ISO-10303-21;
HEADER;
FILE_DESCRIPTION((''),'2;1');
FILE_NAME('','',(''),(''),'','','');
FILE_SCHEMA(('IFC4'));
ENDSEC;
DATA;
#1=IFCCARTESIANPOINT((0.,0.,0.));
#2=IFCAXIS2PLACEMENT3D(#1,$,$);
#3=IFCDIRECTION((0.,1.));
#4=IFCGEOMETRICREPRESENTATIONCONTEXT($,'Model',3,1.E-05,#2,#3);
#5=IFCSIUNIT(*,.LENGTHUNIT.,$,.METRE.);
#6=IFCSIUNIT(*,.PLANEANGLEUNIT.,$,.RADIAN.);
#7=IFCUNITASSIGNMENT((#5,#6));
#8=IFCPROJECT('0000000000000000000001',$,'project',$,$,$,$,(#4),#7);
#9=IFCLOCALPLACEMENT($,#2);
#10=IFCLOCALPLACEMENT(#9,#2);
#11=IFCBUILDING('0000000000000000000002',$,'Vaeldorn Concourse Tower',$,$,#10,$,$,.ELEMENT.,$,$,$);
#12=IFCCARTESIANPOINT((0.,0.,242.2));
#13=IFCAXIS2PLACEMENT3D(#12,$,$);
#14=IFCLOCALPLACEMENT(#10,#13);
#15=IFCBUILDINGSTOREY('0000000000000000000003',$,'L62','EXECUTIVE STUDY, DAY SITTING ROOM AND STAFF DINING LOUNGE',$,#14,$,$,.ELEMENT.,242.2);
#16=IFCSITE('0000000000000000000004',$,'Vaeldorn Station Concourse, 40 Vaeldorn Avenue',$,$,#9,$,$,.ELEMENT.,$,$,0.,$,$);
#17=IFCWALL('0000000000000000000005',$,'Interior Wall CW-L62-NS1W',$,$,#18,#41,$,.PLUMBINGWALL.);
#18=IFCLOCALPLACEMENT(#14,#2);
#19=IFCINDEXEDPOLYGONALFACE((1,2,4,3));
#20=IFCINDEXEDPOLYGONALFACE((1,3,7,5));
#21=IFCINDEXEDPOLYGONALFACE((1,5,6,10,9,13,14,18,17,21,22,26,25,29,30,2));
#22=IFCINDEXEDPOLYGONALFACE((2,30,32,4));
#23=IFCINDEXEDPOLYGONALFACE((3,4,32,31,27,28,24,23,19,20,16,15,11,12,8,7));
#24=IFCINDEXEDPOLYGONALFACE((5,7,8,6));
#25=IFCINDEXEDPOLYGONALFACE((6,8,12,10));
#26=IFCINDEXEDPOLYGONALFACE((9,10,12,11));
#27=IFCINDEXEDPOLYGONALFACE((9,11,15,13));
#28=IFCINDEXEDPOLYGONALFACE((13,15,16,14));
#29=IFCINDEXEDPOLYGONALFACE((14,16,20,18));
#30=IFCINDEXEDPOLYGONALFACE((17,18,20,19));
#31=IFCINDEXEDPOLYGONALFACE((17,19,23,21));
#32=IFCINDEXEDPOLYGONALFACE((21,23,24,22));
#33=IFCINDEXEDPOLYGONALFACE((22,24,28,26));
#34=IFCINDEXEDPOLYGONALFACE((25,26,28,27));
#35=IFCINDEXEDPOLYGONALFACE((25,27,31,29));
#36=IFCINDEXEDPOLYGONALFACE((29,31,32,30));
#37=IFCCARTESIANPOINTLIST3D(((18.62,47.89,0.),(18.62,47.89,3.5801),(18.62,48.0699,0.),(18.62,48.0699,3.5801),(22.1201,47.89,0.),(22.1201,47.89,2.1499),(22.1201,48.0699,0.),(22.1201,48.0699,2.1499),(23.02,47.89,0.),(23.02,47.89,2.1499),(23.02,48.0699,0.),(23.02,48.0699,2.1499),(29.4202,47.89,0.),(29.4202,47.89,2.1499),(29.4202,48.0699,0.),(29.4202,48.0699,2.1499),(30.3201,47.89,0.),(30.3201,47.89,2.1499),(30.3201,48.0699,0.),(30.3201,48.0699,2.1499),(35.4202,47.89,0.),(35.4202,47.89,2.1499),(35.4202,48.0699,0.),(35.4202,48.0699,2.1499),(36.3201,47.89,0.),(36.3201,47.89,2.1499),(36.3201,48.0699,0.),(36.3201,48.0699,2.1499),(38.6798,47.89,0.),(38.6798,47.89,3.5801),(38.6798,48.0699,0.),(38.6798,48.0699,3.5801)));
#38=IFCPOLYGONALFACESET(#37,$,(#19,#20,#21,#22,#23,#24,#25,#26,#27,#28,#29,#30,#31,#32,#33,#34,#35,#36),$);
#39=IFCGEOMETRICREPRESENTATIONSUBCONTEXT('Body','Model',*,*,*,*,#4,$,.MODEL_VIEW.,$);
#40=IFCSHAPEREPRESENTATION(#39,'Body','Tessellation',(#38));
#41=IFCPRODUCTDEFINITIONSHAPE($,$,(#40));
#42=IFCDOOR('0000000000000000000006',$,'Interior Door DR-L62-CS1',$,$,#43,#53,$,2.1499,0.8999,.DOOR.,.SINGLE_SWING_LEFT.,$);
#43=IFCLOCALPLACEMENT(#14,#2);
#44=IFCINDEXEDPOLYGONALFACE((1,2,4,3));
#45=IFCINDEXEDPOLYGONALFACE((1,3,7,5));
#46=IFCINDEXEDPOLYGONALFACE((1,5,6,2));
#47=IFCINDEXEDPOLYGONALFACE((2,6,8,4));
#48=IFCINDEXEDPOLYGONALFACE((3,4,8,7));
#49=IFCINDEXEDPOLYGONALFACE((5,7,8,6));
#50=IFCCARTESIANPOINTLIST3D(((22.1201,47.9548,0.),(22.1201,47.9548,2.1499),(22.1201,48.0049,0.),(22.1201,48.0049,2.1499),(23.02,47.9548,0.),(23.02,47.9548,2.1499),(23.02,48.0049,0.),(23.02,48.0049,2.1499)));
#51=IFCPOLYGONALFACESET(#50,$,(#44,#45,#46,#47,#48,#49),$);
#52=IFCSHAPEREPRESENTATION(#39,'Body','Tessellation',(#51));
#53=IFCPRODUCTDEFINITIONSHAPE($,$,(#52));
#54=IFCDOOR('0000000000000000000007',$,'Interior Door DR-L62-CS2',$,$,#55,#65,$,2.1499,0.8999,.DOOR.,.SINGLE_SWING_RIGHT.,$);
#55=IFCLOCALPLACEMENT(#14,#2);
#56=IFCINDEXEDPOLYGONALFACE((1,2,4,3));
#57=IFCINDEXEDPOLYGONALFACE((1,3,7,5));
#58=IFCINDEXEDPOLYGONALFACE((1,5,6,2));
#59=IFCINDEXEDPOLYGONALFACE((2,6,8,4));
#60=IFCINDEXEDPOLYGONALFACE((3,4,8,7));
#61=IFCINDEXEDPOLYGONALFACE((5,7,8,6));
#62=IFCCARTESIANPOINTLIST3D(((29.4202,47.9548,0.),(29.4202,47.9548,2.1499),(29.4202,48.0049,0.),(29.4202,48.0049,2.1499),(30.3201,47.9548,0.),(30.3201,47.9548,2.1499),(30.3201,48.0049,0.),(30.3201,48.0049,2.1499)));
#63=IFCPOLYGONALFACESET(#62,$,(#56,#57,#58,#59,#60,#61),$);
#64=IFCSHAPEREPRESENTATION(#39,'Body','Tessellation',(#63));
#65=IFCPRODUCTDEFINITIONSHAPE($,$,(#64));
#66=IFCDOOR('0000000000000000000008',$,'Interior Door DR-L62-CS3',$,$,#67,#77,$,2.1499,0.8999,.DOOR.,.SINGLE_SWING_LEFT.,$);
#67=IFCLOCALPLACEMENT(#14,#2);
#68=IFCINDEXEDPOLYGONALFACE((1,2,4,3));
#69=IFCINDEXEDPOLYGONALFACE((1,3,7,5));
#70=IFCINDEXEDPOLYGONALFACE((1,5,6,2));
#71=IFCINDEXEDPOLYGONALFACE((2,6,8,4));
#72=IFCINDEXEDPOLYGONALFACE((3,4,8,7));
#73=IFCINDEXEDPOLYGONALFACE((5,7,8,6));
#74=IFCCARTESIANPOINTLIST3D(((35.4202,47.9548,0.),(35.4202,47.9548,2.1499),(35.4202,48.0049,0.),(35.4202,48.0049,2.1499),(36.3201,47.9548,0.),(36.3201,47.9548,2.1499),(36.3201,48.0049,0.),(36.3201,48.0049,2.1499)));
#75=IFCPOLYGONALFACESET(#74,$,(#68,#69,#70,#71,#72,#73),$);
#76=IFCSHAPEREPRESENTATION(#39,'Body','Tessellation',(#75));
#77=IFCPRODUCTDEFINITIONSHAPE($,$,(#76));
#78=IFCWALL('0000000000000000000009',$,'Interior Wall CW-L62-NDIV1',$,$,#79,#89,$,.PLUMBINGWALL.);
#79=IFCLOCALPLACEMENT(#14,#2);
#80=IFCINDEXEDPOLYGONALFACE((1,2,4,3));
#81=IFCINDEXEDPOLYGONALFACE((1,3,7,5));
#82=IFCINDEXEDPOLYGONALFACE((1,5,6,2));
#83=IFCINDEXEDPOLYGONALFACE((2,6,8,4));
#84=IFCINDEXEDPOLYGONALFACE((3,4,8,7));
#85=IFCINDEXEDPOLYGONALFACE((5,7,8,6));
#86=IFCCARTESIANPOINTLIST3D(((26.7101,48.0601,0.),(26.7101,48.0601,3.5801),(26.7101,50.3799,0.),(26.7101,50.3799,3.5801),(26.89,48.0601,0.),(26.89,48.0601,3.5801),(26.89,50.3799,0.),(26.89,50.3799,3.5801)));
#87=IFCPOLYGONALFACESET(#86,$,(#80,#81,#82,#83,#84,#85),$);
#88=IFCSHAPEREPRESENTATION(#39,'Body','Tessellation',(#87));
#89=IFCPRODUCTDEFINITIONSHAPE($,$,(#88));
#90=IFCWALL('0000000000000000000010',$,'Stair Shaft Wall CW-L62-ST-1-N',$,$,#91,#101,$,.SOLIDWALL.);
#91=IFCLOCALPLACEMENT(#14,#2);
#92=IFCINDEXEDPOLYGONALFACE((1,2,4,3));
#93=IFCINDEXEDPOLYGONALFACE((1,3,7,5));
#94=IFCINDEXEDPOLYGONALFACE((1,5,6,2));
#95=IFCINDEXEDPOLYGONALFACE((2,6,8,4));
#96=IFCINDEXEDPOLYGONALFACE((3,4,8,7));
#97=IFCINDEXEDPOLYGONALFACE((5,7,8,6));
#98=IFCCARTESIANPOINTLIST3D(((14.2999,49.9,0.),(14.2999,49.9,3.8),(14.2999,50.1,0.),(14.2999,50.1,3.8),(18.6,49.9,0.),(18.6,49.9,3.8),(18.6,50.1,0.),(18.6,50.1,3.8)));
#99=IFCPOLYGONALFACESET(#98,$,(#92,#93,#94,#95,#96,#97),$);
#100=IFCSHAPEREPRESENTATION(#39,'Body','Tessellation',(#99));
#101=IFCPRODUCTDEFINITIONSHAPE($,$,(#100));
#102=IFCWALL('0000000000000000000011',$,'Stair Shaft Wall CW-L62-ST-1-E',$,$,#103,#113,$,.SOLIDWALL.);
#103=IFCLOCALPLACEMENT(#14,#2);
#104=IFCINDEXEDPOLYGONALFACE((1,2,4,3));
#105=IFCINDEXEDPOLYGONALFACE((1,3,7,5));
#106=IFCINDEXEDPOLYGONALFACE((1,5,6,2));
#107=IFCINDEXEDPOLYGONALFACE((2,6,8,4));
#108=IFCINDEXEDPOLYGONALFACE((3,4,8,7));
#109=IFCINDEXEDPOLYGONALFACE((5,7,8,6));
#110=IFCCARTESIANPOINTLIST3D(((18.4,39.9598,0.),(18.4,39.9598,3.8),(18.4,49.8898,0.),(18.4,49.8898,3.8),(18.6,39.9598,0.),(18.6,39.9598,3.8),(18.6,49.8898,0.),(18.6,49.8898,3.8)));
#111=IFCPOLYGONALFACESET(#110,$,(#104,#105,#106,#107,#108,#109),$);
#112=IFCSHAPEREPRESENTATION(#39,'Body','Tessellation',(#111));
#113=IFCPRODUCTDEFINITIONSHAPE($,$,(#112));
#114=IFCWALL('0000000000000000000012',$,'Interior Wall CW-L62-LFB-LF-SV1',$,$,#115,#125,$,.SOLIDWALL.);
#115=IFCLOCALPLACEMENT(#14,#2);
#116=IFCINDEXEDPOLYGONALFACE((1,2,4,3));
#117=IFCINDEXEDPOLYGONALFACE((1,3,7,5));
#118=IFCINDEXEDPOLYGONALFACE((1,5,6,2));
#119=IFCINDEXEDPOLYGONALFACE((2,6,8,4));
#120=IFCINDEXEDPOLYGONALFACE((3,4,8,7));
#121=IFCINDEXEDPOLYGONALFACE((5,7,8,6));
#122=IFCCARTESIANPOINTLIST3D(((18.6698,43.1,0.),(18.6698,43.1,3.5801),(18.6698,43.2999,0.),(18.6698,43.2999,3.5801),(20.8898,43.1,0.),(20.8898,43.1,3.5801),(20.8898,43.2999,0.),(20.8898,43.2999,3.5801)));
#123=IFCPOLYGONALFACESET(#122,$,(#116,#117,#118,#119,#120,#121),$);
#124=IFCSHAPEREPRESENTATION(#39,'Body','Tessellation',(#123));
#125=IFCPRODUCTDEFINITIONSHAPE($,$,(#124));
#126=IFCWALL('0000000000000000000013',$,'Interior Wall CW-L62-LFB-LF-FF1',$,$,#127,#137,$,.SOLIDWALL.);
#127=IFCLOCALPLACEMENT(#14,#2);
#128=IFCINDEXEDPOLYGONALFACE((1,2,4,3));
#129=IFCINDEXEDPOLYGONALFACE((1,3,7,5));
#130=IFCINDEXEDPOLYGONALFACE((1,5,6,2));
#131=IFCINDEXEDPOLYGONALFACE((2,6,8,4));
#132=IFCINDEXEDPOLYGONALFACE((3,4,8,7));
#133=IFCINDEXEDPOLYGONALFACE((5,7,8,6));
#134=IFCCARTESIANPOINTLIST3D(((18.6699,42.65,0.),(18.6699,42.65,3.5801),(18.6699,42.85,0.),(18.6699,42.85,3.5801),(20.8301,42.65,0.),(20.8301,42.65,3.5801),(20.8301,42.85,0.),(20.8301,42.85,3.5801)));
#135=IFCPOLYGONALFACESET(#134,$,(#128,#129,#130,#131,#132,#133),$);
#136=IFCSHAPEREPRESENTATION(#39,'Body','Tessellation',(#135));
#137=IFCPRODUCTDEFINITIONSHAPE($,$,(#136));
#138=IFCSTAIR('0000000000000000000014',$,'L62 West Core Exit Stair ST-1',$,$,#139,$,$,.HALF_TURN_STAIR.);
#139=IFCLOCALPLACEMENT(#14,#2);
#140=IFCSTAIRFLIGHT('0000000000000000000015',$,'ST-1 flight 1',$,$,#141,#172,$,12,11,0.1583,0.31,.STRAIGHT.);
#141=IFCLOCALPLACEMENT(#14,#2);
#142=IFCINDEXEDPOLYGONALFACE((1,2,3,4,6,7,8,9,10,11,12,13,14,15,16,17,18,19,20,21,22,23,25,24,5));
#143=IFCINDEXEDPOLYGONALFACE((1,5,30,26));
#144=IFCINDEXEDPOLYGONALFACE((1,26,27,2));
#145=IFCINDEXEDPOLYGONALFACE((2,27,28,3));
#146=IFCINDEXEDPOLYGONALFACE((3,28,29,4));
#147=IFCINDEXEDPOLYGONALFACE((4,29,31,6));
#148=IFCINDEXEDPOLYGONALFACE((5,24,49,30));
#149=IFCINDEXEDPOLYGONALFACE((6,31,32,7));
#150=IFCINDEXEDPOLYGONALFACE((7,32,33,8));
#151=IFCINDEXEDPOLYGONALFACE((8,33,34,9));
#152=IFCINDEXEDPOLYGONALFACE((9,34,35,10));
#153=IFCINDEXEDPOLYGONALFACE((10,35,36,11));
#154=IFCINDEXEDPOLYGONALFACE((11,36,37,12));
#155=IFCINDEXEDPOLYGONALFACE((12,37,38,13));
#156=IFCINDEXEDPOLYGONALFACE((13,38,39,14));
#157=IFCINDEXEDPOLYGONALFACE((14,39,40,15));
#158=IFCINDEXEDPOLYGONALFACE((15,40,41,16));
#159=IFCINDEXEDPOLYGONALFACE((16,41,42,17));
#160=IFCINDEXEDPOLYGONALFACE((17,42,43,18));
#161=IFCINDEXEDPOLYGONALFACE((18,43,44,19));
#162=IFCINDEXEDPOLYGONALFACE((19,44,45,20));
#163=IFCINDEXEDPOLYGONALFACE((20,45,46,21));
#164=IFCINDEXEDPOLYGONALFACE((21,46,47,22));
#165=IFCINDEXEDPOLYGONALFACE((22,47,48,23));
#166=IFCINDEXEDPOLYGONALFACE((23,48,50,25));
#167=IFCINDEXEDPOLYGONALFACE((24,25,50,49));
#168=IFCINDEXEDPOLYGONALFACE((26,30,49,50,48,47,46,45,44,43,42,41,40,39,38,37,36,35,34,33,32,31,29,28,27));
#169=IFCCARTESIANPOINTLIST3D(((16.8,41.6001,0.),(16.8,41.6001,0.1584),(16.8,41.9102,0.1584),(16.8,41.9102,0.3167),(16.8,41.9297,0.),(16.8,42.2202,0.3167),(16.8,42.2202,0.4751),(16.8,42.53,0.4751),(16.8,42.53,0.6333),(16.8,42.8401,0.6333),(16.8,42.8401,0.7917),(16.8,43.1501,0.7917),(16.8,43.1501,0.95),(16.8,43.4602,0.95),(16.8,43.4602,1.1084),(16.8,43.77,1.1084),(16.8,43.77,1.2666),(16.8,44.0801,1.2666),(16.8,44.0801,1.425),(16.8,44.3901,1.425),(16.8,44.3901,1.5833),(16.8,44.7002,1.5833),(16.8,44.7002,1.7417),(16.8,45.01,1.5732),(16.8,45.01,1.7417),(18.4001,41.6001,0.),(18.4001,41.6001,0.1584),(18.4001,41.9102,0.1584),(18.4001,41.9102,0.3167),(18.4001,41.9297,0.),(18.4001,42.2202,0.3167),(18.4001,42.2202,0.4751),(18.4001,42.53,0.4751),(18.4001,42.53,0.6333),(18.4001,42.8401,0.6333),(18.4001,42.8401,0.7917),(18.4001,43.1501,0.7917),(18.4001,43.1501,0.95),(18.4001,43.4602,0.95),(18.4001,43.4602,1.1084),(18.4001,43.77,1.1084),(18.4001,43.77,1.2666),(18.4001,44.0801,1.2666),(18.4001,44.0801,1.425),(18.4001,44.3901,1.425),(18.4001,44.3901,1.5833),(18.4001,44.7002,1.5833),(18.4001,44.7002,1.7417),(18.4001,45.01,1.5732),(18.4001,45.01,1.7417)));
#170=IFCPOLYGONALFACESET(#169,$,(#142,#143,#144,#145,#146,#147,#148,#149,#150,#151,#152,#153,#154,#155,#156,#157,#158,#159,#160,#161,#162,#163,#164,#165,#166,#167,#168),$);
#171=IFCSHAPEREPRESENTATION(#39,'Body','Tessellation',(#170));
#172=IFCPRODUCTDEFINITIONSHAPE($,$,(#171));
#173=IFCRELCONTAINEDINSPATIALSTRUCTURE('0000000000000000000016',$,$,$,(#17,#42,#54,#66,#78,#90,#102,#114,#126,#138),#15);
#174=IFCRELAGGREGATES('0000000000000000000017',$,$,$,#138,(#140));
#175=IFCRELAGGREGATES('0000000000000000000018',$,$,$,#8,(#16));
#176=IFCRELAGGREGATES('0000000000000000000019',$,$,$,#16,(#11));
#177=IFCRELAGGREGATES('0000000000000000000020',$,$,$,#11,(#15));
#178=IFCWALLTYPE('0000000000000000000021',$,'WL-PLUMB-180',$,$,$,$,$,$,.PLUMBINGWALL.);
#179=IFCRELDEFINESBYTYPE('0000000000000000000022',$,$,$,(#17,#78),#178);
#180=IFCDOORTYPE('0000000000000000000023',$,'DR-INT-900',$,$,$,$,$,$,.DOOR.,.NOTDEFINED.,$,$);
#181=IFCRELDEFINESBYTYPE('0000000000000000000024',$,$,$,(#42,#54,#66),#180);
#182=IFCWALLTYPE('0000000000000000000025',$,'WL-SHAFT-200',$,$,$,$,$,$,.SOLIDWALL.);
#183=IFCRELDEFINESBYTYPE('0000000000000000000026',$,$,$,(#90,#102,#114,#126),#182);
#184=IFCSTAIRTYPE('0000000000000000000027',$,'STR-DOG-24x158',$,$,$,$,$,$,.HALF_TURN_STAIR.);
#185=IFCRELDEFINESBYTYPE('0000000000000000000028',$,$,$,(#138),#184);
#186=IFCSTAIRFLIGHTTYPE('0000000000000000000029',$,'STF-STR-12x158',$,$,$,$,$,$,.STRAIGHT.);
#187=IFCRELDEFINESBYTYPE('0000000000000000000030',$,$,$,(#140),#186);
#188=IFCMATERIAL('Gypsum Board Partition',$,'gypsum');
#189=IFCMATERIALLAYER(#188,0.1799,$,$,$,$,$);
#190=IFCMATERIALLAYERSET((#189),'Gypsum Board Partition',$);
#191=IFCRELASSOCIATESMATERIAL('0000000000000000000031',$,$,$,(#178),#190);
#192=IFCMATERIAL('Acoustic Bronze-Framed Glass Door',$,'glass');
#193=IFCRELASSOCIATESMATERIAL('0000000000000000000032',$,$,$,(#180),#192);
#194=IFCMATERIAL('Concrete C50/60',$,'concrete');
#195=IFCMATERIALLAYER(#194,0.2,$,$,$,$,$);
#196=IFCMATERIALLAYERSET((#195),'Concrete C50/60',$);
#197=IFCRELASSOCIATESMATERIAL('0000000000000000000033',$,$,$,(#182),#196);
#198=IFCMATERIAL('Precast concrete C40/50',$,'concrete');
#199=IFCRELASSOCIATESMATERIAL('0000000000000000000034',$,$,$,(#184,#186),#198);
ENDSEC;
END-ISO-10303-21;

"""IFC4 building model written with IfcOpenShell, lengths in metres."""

from ifc_helpers import new_model, si_unit, direction, frame, frame_2d, origin, place, context, subcontext, project, spatial, polyline, rectangle, outline, extrude, source, transform, mapped, material, layer, layer_set, type_object, element, fill, aggregate, save


model = new_model("IFC4")

# Units and contexts
model_context = context("Model", 3, precision=1e-05, world=origin(), true_north=direction((0.0, 1.0)))
body_context = subcontext(model_context, "Body", "Model", "MODEL_VIEW")
ifc_project = project(units=[si_unit("LENGTHUNIT", "METRE"), si_unit("PLANEANGLEUNIT", "RADIAN")], contexts=[model_context])

# Site, building, storey
site_placement = place(None, origin())
site = spatial("IfcSite", under=ifc_project, at=site_placement, Name="Vaeldorn Station Concourse, 40 Vaeldorn Avenue", CompositionType="ELEMENT", RefElevation=0.0)
building_placement = place(site_placement, origin())
building = spatial("IfcBuilding", under=site, at=building_placement, Name="Vaeldorn Concourse Tower", CompositionType="ELEMENT")
storey_placement = place(building_placement, frame((0.0, 0.0, 242.2)))
storey = spatial("IfcBuildingStorey", under=building, at=storey_placement, Name="L62", Description="EXECUTIVE STUDY, DAY SITTING ROOM AND STAFF DINING LOUNGE", CompositionType="ELEMENT", Elevation=242.2)

# Shared definitions
ifc_material_1 = material(Name="Concrete C50/60", Category="concrete")
ifc_material_2 = material(Name="Gypsum Board Partition", Category="gypsum")

# Wall, openings, doors
ifc_layer_1 = layer(ifc_material_2, 0.1799)
ifc_layer_set_1 = layer_set([ifc_layer_1], Name="Gypsum Board Partition")
wall_type_1 = type_object("IfcWallType", Name="WL-PLUMB-180", PredefinedType="PLUMBINGWALL", material=ifc_layer_set_1)
wall_1_placement = place(storey_placement, frame((18.6201, 47.98, 0.0), z_axis=(0.0, 0.0, 1.0), x_axis=(1.0, 0.0, 0.0)))
wall_1 = element("IfcWall", 1, at=wall_1_placement, inside=storey, type_object=wall_type_1, Name="Interior Wall CW-L62-NS1W", PredefinedType="PLUMBINGWALL", context=body_context, shape_type="SweptSolid", body=[
    extrude(rectangle(XDim=20.0598, YDim=0.1799, at=frame_2d((10.0298, 0.0))), origin(), (0.0, 0.0, 1.0), 3.5801),
])
opening_1_placement = place(wall_1_placement, frame((3.5, 0.0, 0.0)))
opening_1 = element("IfcOpeningElement", 2, at=opening_1_placement, cuts=wall_1, PredefinedType="OPENING", context=body_context, shape_type="SweptSolid", body=[
    extrude(rectangle(XDim=0.8999, YDim=2.1499, at=frame_2d((0.45, 1.075))), frame((0.0, 0.1001, 0.0), z_axis=(0.0, -1.0, 0.0), x_axis=(1.0, 0.0, 0.0)), (0.0, 0.0, 1.0), 0.2),
])
opening_2_placement = place(wall_1_placement, frame((10.8, 0.0, 0.0)))
opening_2 = element("IfcOpeningElement", 3, at=opening_2_placement, cuts=wall_1, PredefinedType="OPENING", context=body_context, shape_type="SweptSolid", body=[
    extrude(rectangle(XDim=0.8999, YDim=2.1499, at=frame_2d((0.45, 1.075))), frame((0.0, 0.1001, 0.0), z_axis=(0.0, -1.0, 0.0), x_axis=(1.0, 0.0, 0.0)), (0.0, 0.0, 1.0), 0.2),
])
opening_3_placement = place(wall_1_placement, frame((16.8, 0.0, 0.0)))
opening_3 = element("IfcOpeningElement", 4, at=opening_3_placement, cuts=wall_1, PredefinedType="OPENING", context=body_context, shape_type="SweptSolid", body=[
    extrude(rectangle(XDim=0.8999, YDim=2.1499, at=frame_2d((0.45, 1.075))), frame((0.0, 0.1001, 0.0), z_axis=(0.0, -1.0, 0.0), x_axis=(1.0, 0.0, 0.0)), (0.0, 0.0, 1.0), 0.2),
])
ifc_material_3 = material(Name="Acoustic Bronze-Framed Glass Door", Category="glass")
door_type_1 = type_object("IfcDoorType", Name="DR-INT-900", OperationType="NOTDEFINED", PredefinedType="DOOR", material=ifc_material_3)
shared_shape_1 = source(origin(), body_context, "Body", "SweptSolid", [
    extrude(rectangle(XDim=0.8999, YDim=2.1499, at=frame_2d((0.45, 1.075))), frame((0.0, 0.0249, 0.0), z_axis=(0.0, -1.0, 0.0), x_axis=(1.0, 0.0, 0.0)), (0.0, 0.0, 1.0), 0.05),
])
door_1_placement = place(opening_1_placement, origin())
door_1 = element("IfcDoor", 5, at=door_1_placement, inside=storey, type_object=door_type_1, Name="Interior Door DR-L62-CS1", OperationType="SINGLE_SWING_LEFT", OverallHeight=2.1499, OverallWidth=0.8999, PredefinedType="DOOR", context=body_context, shape_type="MappedRepresentation", body=[
    mapped(shared_shape_1, transform((0.0, 0.0, 0.0), scale=1.0)),
])
fill(opening_1, door_1)
door_2_placement = place(opening_2_placement, origin())
door_2 = element("IfcDoor", 6, at=door_2_placement, inside=storey, type_object=door_type_1, Name="Interior Door DR-L62-CS2", OperationType="SINGLE_SWING_RIGHT", OverallHeight=2.1499, OverallWidth=0.8999, PredefinedType="DOOR", context=body_context, shape_type="MappedRepresentation", body=[
    mapped(shared_shape_1, transform((0.0, 0.0, 0.0), scale=1.0)),
])
fill(opening_2, door_2)
door_3_placement = place(opening_3_placement, origin())
door_3 = element("IfcDoor", 7, at=door_3_placement, inside=storey, type_object=door_type_1, Name="Interior Door DR-L62-CS3", OperationType="SINGLE_SWING_LEFT", OverallHeight=2.1499, OverallWidth=0.8999, PredefinedType="DOOR", context=body_context, shape_type="MappedRepresentation", body=[
    mapped(shared_shape_1, transform((0.0, 0.0, 0.0), scale=1.0)),
])
fill(opening_3, door_3)

# Walls
wall_2_placement = place(storey_placement, frame((26.8, 48.0601, 0.0), z_axis=(0.0, 0.0, 1.0), x_axis=(0.0, 1.0, 0.0)))
element("IfcWall", 8, at=wall_2_placement, inside=storey, type_object=wall_type_1, Name="Interior Wall CW-L62-NDIV1", PredefinedType="PLUMBINGWALL", context=body_context, shape_type="SweptSolid", body=[
    extrude(rectangle(XDim=2.3198, YDim=0.1799, at=frame_2d((1.1599, 0.0))), origin(), (0.0, 0.0, 1.0), 3.5801),
])
ifc_layer_2 = layer(ifc_material_1, 0.2)
ifc_layer_set_2 = layer_set([ifc_layer_2], Name="Concrete C50/60")
wall_type_2 = type_object("IfcWallType", Name="WL-SHAFT-200", PredefinedType="SOLIDWALL", material=ifc_layer_set_2)
wall_3_placement = place(storey_placement, frame((14.3, 50.0, 0.0), z_axis=(0.0, 0.0, 1.0), x_axis=(1.0, 0.0, 0.0)))
element("IfcWall", 9, at=wall_3_placement, inside=storey, type_object=wall_type_2, Name="Stair Shaft Wall CW-L62-ST-1-N", PredefinedType="SOLIDWALL", context=body_context, shape_type="SweptSolid", body=[
    extrude(rectangle(XDim=4.3, YDim=0.2, at=frame_2d((2.1499, 0.0))), origin(), (0.0, 0.0, 1.0), 3.8),
])
wall_4_placement = place(storey_placement, frame((18.5, 39.96, 0.0), z_axis=(0.0, 0.0, 1.0), x_axis=(0.0, 1.0, 0.0)))
element("IfcWall", 10, at=wall_4_placement, inside=storey, type_object=wall_type_2, Name="Stair Shaft Wall CW-L62-ST-1-E", PredefinedType="SOLIDWALL", context=body_context, shape_type="SweptSolid", body=[
    extrude(rectangle(XDim=9.9299, YDim=0.2, at=frame_2d((4.9648, 0.0))), origin(), (0.0, 0.0, 1.0), 3.8),
])

# Walls
wall_5_placement = place(storey_placement, frame((18.6699, 43.2, 0.0), z_axis=(0.0, 0.0, 1.0), x_axis=(1.0, 0.0, 0.0)))
element("IfcWall", 11, at=wall_5_placement, inside=storey, type_object=wall_type_2, Name="Interior Wall CW-L62-LFB-LF-SV1", PredefinedType="SOLIDWALL", context=body_context, shape_type="SweptSolid", body=[
    extrude(rectangle(XDim=2.22, YDim=0.2, at=frame_2d((1.1099, 0.0))), origin(), (0.0, 0.0, 1.0), 3.5801),
])
wall_6_placement = place(storey_placement, frame((18.6699, 42.75, 0.0), z_axis=(0.0, 0.0, 1.0), x_axis=(1.0, 0.0, 0.0)))
element("IfcWall", 12, at=wall_6_placement, inside=storey, type_object=wall_type_2, Name="Interior Wall CW-L62-LFB-LF-FF1", PredefinedType="SOLIDWALL", context=body_context, shape_type="SweptSolid", body=[
    extrude(rectangle(XDim=2.1602, YDim=0.2, at=frame_2d((1.0801, 0.0))), origin(), (0.0, 0.0, 1.0), 3.5801),
])

# Stair, stair flight
ifc_material_4 = material(Name="Precast concrete C40/50", Category="concrete")
stair_type = type_object("IfcStairType", Name="STR-DOG-24x158", PredefinedType="HALF_TURN_STAIR", material=ifc_material_4)
stair_placement = place(storey_placement, origin())
stair = element("IfcStair", 13, at=stair_placement, inside=storey, type_object=stair_type, Name="L62 West Core Exit Stair ST-1", PredefinedType="HALF_TURN_STAIR")
stair_flight_type = type_object("IfcStairFlightType", Name="STF-STR-12x158", PredefinedType="STRAIGHT", material=ifc_material_4)
stair_flight_1_placement = place(storey_placement, frame((17.6001, 41.6001, 0.0), z_axis=(0.0, 0.0, 1.0), x_axis=(0.0, 1.0, 0.0)))
stair_flight_1 = element("IfcStairFlight", 14, at=stair_flight_1_placement, type_object=stair_flight_type, Name="ST-1 flight 1", NumberOfRisers=12, NumberOfTreads=11, PredefinedType="STRAIGHT", RiserHeight=0.1583, TreadLength=0.31, context=body_context, shape_type="SweptSolid", body=[
    extrude(outline(polyline([(0.0, 0.0), (0.0, 0.1584), (0.3101, 0.1584), (0.3101, 0.3167), (0.6201, 0.3167), (0.6201, 0.4751), (0.9299, 0.4751), (0.9299, 0.6333), (1.24, 0.6333), (1.24, 0.7917), (1.55, 0.7917), (1.55, 0.95), (1.8601, 0.95), (1.8601, 1.1084), (2.1699, 1.1084), (2.1699, 1.2666), (2.48, 1.2666), (2.48, 1.425), (2.79, 1.425), (2.79, 1.5833), (3.1001, 1.5833), (3.1001, 1.7417), (3.4099, 1.7417), (3.4099, 1.8999), (3.4099, 1.5732), (0.3296, 0.0), (0.0, 0.0)])), frame((0.0, 0.8, 0.0), z_axis=(0.0, -1.0, 0.0), x_axis=(1.0, 0.0, 0.0)), (0.0, 0.0, 1.0), 1.6001),
])
aggregate(stair, [stair_flight_1])

save(model, "model.ifc")
